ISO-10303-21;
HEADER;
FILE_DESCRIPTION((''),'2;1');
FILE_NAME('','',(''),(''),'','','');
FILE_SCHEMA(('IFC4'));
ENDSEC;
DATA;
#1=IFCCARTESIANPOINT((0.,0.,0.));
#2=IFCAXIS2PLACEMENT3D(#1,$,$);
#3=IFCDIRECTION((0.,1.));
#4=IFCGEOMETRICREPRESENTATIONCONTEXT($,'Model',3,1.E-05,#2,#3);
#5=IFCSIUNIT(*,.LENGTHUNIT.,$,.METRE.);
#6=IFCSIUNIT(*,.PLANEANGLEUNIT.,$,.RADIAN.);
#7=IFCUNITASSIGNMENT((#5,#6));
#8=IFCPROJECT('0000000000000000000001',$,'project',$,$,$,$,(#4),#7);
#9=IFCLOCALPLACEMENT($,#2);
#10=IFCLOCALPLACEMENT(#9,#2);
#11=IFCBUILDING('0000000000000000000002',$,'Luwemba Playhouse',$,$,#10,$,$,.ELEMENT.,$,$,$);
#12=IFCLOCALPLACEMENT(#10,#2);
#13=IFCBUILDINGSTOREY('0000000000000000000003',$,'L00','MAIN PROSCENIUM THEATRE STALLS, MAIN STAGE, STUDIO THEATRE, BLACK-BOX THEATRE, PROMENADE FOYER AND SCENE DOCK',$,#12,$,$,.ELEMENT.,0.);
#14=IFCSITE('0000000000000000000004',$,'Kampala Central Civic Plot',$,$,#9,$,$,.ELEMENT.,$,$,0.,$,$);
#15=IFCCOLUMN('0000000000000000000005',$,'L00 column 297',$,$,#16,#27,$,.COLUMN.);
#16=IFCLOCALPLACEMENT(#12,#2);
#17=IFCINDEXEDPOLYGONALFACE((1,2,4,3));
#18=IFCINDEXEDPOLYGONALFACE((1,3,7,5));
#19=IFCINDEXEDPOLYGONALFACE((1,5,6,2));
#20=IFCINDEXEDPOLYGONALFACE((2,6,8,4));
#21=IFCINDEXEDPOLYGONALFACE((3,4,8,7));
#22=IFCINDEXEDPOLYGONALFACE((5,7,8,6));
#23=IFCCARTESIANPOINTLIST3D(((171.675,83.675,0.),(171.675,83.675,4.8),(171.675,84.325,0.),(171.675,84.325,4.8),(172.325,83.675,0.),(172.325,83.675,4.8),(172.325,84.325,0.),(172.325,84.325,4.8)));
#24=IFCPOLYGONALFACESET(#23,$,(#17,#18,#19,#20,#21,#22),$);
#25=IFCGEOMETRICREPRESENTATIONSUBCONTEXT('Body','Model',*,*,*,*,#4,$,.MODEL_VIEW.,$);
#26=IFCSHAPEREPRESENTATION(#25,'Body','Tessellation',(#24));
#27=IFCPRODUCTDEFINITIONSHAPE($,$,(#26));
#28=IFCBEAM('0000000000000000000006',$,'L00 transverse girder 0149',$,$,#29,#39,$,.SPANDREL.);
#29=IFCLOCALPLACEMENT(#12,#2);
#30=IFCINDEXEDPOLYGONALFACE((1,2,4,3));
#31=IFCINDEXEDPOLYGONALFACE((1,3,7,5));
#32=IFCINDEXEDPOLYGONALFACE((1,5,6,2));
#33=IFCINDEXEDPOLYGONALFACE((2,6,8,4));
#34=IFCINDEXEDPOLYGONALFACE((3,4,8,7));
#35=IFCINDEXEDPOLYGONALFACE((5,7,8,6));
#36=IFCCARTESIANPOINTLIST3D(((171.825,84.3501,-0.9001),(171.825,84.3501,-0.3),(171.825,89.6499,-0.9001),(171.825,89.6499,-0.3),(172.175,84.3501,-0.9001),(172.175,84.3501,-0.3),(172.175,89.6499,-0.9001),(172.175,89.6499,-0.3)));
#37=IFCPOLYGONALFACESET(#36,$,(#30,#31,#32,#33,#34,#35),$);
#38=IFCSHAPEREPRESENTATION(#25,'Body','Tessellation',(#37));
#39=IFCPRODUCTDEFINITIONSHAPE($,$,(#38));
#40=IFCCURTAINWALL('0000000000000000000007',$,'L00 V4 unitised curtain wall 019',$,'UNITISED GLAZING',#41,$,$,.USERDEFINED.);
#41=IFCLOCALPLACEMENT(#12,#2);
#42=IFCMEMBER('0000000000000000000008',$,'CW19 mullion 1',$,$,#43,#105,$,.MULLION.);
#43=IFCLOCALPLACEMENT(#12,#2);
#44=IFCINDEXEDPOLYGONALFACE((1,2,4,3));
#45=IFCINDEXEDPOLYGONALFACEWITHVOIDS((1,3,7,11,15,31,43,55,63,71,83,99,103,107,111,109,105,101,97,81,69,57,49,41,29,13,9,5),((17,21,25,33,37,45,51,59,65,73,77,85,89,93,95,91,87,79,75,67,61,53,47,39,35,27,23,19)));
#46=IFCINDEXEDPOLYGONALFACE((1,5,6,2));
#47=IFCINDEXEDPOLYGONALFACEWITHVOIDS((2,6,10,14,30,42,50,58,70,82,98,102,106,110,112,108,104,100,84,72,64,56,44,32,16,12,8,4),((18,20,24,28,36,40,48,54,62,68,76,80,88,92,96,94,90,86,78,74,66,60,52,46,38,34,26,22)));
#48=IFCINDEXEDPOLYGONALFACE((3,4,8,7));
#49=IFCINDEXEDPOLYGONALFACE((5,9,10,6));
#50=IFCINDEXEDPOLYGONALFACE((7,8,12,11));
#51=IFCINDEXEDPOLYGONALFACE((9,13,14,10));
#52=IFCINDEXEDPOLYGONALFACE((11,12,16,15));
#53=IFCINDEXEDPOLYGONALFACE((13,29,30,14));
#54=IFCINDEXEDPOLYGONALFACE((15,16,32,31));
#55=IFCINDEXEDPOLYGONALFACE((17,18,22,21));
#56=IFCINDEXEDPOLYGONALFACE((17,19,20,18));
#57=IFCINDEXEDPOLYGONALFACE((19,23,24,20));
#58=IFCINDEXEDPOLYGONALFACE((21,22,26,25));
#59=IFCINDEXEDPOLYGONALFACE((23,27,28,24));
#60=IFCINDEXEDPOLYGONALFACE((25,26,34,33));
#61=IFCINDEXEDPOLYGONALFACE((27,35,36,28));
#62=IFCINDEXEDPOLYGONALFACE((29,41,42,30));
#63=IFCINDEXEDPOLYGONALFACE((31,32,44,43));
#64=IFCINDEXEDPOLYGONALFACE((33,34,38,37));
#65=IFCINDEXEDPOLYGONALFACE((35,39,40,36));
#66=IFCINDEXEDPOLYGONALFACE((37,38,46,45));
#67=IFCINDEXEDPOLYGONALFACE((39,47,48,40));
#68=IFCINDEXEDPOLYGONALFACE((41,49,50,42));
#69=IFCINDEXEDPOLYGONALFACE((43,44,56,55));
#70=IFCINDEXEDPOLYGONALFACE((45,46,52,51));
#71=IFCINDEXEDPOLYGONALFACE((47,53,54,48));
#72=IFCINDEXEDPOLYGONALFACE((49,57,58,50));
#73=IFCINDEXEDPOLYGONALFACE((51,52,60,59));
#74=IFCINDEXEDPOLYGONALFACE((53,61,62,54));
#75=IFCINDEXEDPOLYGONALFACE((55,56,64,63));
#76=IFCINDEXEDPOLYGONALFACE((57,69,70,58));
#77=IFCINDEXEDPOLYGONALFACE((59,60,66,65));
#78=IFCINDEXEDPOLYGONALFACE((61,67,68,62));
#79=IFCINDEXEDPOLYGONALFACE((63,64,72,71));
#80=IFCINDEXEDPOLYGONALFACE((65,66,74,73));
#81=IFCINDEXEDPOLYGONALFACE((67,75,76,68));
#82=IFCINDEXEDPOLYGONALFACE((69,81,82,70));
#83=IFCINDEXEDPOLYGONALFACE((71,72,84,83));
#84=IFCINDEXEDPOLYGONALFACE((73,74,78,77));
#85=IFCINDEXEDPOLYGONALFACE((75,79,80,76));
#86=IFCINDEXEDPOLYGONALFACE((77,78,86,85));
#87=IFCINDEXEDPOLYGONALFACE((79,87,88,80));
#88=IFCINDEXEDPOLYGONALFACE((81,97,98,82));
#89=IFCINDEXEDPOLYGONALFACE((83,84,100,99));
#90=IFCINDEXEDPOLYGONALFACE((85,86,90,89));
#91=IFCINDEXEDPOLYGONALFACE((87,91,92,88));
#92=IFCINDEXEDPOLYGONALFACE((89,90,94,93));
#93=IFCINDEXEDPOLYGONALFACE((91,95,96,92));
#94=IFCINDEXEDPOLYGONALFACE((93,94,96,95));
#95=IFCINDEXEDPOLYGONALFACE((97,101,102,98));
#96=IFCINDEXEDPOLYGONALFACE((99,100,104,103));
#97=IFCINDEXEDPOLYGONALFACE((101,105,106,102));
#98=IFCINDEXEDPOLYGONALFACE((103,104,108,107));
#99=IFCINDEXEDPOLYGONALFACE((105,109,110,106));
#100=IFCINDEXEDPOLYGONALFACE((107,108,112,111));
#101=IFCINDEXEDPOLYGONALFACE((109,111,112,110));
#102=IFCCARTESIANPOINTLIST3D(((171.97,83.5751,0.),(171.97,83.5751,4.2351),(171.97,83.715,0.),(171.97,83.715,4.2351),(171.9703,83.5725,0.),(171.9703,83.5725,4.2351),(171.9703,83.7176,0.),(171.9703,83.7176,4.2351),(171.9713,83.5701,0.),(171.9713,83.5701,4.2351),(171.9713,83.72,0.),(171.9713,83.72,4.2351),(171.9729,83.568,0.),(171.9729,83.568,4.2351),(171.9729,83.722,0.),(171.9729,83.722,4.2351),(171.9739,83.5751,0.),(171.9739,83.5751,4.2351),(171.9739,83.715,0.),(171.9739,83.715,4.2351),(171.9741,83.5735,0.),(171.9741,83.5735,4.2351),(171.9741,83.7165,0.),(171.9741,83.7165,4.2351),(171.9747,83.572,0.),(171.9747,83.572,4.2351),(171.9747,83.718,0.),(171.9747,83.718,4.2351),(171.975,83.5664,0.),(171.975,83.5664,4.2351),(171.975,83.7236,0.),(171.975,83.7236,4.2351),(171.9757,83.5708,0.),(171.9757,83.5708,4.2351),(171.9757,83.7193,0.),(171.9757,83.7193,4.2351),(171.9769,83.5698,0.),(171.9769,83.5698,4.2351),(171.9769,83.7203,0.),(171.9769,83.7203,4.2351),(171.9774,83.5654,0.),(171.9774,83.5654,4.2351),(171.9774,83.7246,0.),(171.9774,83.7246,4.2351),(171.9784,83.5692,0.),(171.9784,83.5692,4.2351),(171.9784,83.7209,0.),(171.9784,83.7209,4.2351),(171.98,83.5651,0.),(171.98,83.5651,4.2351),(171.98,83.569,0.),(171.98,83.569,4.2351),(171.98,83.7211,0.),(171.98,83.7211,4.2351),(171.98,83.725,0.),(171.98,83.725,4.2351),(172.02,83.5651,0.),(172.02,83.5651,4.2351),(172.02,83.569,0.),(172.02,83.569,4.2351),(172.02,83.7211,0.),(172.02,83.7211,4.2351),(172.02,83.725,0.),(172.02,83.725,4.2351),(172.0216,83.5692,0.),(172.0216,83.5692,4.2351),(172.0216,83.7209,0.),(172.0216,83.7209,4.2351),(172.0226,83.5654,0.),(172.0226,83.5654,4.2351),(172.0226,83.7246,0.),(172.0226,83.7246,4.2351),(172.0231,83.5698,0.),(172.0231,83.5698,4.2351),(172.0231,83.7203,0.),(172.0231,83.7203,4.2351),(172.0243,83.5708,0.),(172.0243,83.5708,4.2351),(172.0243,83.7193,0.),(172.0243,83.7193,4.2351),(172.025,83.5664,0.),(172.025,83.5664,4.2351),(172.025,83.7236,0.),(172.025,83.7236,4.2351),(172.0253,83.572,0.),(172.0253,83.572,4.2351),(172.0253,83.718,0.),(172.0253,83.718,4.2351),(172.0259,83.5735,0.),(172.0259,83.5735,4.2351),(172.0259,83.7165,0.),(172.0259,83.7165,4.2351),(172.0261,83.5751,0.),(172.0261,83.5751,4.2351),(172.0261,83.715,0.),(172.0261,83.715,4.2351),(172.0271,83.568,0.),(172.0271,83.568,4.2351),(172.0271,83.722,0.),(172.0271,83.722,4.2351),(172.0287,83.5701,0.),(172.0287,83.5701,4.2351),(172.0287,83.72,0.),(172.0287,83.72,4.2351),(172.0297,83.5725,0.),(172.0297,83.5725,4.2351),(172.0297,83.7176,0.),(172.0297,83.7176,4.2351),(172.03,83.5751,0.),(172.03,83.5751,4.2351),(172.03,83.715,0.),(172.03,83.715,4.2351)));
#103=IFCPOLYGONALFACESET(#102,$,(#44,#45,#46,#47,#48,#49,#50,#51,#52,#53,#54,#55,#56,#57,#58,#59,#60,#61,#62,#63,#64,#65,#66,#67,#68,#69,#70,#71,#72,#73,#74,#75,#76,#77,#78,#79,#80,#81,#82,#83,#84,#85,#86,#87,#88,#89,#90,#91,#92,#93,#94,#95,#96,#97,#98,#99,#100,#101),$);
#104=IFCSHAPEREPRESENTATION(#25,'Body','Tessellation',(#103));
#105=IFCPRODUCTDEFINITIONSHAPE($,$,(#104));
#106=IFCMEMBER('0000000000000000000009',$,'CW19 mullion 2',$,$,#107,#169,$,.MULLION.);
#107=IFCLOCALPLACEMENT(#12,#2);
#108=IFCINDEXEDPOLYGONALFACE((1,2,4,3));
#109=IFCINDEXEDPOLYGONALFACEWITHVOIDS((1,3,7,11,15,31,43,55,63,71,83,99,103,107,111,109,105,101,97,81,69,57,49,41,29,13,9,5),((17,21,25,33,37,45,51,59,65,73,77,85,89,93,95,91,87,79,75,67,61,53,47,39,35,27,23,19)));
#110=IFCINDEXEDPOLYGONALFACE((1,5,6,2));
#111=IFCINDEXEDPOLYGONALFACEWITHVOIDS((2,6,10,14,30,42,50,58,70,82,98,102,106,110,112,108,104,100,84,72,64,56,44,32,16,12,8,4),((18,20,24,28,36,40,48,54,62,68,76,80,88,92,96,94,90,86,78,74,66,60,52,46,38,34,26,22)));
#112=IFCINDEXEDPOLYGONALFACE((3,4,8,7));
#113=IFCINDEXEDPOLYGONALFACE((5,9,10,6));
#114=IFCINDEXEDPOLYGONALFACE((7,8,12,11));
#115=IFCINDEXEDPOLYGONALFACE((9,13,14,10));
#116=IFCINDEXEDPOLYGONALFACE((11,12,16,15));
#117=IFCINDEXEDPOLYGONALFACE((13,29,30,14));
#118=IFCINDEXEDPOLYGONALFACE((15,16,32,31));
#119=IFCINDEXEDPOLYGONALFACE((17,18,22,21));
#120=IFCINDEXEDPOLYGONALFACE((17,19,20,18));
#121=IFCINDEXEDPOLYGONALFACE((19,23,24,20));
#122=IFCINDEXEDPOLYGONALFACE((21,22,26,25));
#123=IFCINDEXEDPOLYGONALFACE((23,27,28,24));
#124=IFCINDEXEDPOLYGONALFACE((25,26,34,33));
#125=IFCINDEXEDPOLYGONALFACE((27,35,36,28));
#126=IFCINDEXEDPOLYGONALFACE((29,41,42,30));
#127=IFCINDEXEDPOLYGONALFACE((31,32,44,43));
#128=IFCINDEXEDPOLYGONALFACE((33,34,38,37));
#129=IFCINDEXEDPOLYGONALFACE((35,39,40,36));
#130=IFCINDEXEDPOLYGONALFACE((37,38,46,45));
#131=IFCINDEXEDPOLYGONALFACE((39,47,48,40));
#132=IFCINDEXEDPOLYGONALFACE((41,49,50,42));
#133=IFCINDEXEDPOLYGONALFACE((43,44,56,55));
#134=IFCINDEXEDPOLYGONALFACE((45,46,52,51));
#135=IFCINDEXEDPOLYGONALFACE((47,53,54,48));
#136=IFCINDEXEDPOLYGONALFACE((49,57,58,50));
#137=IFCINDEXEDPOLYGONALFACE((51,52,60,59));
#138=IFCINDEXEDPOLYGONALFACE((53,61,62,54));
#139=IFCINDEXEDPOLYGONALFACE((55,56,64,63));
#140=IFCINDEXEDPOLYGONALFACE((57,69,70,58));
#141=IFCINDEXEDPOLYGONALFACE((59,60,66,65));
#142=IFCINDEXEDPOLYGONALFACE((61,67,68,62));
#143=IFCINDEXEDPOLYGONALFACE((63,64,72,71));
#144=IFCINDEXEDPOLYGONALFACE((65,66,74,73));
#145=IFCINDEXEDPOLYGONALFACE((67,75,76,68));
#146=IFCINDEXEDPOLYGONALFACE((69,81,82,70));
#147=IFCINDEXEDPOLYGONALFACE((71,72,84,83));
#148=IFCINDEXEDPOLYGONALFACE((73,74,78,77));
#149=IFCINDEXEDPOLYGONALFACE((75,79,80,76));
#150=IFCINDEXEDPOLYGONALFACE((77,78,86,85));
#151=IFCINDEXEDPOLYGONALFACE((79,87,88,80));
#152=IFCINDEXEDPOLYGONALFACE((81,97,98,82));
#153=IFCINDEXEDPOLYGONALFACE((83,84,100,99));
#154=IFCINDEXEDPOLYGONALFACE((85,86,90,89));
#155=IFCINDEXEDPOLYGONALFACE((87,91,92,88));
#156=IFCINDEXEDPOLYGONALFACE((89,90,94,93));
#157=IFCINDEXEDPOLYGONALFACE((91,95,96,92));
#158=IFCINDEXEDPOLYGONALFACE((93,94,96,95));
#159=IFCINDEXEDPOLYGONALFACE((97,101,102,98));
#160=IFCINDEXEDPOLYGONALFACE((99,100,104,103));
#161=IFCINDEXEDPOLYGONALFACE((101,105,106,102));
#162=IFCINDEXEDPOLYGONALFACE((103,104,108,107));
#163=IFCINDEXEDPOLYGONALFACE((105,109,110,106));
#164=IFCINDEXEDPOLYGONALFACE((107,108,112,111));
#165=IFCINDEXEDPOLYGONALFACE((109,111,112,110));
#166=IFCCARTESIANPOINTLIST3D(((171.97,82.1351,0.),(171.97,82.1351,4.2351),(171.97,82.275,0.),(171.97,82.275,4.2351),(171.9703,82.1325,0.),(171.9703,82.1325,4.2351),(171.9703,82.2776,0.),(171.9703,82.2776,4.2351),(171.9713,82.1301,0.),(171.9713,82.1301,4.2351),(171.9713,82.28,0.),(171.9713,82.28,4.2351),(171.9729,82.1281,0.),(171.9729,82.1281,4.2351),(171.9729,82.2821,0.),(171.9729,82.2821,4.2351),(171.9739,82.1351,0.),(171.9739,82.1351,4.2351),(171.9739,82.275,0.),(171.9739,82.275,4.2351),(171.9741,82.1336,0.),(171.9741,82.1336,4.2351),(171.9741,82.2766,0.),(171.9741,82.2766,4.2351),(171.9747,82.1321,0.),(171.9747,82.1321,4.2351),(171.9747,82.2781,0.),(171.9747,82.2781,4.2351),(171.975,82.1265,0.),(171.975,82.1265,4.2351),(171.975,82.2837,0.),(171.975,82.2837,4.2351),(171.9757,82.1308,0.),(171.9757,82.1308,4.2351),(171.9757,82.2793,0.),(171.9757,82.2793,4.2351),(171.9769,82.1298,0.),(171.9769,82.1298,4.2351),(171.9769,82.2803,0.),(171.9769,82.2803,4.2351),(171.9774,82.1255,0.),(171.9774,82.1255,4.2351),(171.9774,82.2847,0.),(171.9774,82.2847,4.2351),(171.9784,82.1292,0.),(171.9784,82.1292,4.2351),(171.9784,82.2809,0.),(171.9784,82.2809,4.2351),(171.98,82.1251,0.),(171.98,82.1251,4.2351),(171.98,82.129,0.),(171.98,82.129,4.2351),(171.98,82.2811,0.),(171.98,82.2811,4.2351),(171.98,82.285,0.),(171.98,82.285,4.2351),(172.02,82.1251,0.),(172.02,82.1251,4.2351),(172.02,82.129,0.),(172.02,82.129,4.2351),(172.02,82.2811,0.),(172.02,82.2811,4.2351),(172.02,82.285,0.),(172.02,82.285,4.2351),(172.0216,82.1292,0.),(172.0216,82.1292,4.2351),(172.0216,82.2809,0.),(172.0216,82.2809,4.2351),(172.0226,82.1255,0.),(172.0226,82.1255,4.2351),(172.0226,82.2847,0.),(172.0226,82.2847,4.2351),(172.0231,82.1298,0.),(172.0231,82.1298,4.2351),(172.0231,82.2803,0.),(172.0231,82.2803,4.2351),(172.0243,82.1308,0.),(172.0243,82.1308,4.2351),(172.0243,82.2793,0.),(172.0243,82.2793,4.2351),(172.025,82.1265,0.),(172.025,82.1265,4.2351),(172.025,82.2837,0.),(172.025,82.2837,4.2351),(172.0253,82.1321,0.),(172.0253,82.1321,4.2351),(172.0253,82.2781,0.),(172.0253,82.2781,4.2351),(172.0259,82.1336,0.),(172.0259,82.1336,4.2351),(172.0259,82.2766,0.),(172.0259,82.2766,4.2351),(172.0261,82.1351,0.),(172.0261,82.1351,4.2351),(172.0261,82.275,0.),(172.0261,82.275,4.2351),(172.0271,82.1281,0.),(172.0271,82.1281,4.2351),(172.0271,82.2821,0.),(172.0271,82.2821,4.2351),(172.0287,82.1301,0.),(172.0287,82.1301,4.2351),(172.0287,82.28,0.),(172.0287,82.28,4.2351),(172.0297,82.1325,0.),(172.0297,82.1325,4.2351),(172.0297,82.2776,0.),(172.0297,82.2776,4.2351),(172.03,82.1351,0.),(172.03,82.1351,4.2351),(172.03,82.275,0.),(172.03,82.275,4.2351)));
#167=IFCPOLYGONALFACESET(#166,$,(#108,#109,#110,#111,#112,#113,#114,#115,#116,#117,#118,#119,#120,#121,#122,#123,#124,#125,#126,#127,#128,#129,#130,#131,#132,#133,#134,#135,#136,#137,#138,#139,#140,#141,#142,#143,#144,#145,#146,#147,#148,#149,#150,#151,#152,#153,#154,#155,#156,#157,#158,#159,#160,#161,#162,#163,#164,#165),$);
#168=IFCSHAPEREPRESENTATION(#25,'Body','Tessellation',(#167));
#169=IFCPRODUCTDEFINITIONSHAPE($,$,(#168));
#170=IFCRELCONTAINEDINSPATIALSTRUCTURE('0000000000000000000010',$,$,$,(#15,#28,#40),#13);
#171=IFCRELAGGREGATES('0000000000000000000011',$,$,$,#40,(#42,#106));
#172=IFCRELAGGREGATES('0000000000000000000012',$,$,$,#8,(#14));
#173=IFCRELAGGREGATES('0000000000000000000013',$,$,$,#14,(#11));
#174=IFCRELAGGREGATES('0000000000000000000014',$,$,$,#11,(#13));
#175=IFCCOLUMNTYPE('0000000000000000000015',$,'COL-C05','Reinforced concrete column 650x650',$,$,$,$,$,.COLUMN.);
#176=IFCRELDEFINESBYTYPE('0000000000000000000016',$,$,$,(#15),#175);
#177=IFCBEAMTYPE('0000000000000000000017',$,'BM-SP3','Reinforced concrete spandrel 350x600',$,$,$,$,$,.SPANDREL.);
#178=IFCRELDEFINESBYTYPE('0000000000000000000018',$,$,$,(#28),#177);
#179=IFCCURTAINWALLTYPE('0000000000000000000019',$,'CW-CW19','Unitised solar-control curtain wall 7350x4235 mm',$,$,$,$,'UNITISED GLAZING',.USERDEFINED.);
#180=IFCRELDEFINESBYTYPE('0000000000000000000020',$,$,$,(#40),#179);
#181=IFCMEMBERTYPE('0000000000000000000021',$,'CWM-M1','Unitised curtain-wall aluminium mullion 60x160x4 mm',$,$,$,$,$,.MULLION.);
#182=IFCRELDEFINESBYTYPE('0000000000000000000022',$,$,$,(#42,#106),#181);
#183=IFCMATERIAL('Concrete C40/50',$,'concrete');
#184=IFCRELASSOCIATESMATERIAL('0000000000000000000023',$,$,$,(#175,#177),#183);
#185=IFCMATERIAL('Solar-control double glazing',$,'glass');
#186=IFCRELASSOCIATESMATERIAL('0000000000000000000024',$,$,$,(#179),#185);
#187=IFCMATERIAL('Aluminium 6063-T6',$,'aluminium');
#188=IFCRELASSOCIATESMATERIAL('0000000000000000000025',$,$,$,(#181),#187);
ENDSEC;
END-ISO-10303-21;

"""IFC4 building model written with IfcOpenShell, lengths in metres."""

from ifc_helpers import new_model, si_unit, direction, frame, origin, origin_2d, place, context, subcontext, project, spatial, rectangle, hollow_rectangle, extrude, material, material_profile, profile_set, type_object, element, aggregate, save


model = new_model("IFC4")

# Units and contexts
model_context = context("Model", 3, precision=1e-05, world=origin(), true_north=direction((0.0, 1.0)))
body_context = subcontext(model_context, "Body", "Model", "MODEL_VIEW")
ifc_project = project(units=[si_unit("LENGTHUNIT", "METRE"), si_unit("PLANEANGLEUNIT", "RADIAN")], contexts=[model_context])

# Site, building, storey
site_placement = place(None, origin())
site = spatial("IfcSite", under=ifc_project, at=site_placement, Name="Kampala Central Civic Plot", CompositionType="ELEMENT", RefElevation=0.0)
building_placement = place(site_placement, origin())
building = spatial("IfcBuilding", under=site, at=building_placement, Name="Luwemba Playhouse", CompositionType="ELEMENT")
storey_placement = place(building_placement, origin())
storey = spatial("IfcBuildingStorey", under=building, at=storey_placement, Name="L00", Description="MAIN PROSCENIUM THEATRE STALLS, MAIN STAGE, STUDIO THEATRE, BLACK-BOX THEATRE, PROMENADE FOYER AND SCENE DOCK", CompositionType="ELEMENT", Elevation=0.0)

# Column
ifc_material_1 = material(Name="Concrete C40/50", Category="concrete")
ifc_material_profile_1 = material_profile(ifc_material_1, rectangle(XDim=0.6499, YDim=0.6499, at=origin_2d()))
ifc_profile_set_1 = profile_set([ifc_material_profile_1], Name="Concrete C40/50")
column_type = type_object("IfcColumnType", Name="COL-C05", Description="Reinforced concrete column 650x650", PredefinedType="COLUMN", material=ifc_profile_set_1)
column_placement = place(storey_placement, frame((172.0, 84.0, 0.0), z_axis=(0.0, 0.0, 1.0), x_axis=(1.0, 0.0, 0.0)))
element("IfcColumn", 1, at=column_placement, inside=storey, type_object=column_type, Name="L00 column 297", PredefinedType="COLUMN", context=body_context, shape_type="SweptSolid", body=[
    extrude(rectangle(XDim=0.6499, YDim=0.6499, at=origin_2d()), origin(), (0.0, 0.0, 1.0), 4.8),
])

# Beam
ifc_material_profile_2 = material_profile(ifc_material_1, rectangle(XDim=0.3501, YDim=0.6001, at=origin_2d()))
ifc_profile_set_2 = profile_set([ifc_material_profile_2], Name="Concrete C40/50")
beam_type = type_object("IfcBeamType", Name="BM-SP3", Description="Reinforced concrete spandrel 350x600", PredefinedType="SPANDREL", material=ifc_profile_set_2)
beam_placement = place(storey_placement, frame((172.0, 84.3501, -0.6001), z_axis=(0.0, 1.0, 0.0), x_axis=(-1.0, 0.0, 0.0)))
element("IfcBeam", 2, at=beam_placement, inside=storey, type_object=beam_type, Name="L00 transverse girder 0149", PredefinedType="SPANDREL", context=body_context, shape_type="SweptSolid", body=[
    extrude(rectangle(XDim=0.3501, YDim=0.6001, at=origin_2d()), origin(), (0.0, 0.0, 1.0), 5.2998),
])

# Curtain wall, members
ifc_material_2 = material(Name="Solar-control double glazing", Category="glass")
curtain_wall_type = type_object("IfcCurtainWallType", Name="CW-CW19", Description="Unitised solar-control curtain wall 7350x4235 mm", ElementType="UNITISED GLAZING", PredefinedType="USERDEFINED", material=ifc_material_2)
curtain_wall_placement = place(storey_placement, origin())
curtain_wall = element("IfcCurtainWall", 3, at=curtain_wall_placement, inside=storey, type_object=curtain_wall_type, Name="L00 V4 unitised curtain wall 019", ObjectType="UNITISED GLAZING", PredefinedType="USERDEFINED")
ifc_material_3 = material(Name="Aluminium 6063-T6", Category="aluminium")
ifc_material_profile_3 = material_profile(ifc_material_3, hollow_rectangle(XDim=0.0601, YDim=0.1599, WallThickness=0.0039, InnerFilletRadius=0.0061, OuterFilletRadius=0.01, at=origin_2d()))
ifc_profile_set_3 = profile_set([ifc_material_profile_3], Name="Aluminium 6063-T6")
member_type_1 = type_object("IfcMemberType", Name="CWM-M1", Description="Unitised curtain-wall aluminium mullion 60x160x4 mm", PredefinedType="MULLION", material=ifc_profile_set_3)
member_1_placement = place(storey_placement, frame((172.0, 83.645, 0.0), z_axis=(0.0, 0.0, 1.0), x_axis=(1.0, 0.0, 0.0)))
member_1 = element("IfcMember", 4, at=member_1_placement, type_object=member_type_1, Name="CW19 mullion 1", PredefinedType="MULLION", context=body_context, shape_type="SweptSolid", body=[
    extrude(hollow_rectangle(XDim=0.0601, YDim=0.1599, WallThickness=0.0039, InnerFilletRadius=0.0061, OuterFilletRadius=0.01, at=origin_2d()), origin(), (0.0, 0.0, 1.0), 4.2351),
])
member_2_placement = place(storey_placement, frame((172.0, 82.2051, 0.0), z_axis=(0.0, 0.0, 1.0), x_axis=(1.0, 0.0, 0.0)))
member_2 = element("IfcMember", 5, at=member_2_placement, type_object=member_type_1, Name="CW19 mullion 2", PredefinedType="MULLION", context=body_context, shape_type="SweptSolid", body=[
    extrude(hollow_rectangle(XDim=0.0601, YDim=0.1599, WallThickness=0.0039, InnerFilletRadius=0.0061, OuterFilletRadius=0.01, at=origin_2d()), origin(), (0.0, 0.0, 1.0), 4.2351),
])
aggregate(curtain_wall, [member_1, member_2])

save(model, "model.ifc")
